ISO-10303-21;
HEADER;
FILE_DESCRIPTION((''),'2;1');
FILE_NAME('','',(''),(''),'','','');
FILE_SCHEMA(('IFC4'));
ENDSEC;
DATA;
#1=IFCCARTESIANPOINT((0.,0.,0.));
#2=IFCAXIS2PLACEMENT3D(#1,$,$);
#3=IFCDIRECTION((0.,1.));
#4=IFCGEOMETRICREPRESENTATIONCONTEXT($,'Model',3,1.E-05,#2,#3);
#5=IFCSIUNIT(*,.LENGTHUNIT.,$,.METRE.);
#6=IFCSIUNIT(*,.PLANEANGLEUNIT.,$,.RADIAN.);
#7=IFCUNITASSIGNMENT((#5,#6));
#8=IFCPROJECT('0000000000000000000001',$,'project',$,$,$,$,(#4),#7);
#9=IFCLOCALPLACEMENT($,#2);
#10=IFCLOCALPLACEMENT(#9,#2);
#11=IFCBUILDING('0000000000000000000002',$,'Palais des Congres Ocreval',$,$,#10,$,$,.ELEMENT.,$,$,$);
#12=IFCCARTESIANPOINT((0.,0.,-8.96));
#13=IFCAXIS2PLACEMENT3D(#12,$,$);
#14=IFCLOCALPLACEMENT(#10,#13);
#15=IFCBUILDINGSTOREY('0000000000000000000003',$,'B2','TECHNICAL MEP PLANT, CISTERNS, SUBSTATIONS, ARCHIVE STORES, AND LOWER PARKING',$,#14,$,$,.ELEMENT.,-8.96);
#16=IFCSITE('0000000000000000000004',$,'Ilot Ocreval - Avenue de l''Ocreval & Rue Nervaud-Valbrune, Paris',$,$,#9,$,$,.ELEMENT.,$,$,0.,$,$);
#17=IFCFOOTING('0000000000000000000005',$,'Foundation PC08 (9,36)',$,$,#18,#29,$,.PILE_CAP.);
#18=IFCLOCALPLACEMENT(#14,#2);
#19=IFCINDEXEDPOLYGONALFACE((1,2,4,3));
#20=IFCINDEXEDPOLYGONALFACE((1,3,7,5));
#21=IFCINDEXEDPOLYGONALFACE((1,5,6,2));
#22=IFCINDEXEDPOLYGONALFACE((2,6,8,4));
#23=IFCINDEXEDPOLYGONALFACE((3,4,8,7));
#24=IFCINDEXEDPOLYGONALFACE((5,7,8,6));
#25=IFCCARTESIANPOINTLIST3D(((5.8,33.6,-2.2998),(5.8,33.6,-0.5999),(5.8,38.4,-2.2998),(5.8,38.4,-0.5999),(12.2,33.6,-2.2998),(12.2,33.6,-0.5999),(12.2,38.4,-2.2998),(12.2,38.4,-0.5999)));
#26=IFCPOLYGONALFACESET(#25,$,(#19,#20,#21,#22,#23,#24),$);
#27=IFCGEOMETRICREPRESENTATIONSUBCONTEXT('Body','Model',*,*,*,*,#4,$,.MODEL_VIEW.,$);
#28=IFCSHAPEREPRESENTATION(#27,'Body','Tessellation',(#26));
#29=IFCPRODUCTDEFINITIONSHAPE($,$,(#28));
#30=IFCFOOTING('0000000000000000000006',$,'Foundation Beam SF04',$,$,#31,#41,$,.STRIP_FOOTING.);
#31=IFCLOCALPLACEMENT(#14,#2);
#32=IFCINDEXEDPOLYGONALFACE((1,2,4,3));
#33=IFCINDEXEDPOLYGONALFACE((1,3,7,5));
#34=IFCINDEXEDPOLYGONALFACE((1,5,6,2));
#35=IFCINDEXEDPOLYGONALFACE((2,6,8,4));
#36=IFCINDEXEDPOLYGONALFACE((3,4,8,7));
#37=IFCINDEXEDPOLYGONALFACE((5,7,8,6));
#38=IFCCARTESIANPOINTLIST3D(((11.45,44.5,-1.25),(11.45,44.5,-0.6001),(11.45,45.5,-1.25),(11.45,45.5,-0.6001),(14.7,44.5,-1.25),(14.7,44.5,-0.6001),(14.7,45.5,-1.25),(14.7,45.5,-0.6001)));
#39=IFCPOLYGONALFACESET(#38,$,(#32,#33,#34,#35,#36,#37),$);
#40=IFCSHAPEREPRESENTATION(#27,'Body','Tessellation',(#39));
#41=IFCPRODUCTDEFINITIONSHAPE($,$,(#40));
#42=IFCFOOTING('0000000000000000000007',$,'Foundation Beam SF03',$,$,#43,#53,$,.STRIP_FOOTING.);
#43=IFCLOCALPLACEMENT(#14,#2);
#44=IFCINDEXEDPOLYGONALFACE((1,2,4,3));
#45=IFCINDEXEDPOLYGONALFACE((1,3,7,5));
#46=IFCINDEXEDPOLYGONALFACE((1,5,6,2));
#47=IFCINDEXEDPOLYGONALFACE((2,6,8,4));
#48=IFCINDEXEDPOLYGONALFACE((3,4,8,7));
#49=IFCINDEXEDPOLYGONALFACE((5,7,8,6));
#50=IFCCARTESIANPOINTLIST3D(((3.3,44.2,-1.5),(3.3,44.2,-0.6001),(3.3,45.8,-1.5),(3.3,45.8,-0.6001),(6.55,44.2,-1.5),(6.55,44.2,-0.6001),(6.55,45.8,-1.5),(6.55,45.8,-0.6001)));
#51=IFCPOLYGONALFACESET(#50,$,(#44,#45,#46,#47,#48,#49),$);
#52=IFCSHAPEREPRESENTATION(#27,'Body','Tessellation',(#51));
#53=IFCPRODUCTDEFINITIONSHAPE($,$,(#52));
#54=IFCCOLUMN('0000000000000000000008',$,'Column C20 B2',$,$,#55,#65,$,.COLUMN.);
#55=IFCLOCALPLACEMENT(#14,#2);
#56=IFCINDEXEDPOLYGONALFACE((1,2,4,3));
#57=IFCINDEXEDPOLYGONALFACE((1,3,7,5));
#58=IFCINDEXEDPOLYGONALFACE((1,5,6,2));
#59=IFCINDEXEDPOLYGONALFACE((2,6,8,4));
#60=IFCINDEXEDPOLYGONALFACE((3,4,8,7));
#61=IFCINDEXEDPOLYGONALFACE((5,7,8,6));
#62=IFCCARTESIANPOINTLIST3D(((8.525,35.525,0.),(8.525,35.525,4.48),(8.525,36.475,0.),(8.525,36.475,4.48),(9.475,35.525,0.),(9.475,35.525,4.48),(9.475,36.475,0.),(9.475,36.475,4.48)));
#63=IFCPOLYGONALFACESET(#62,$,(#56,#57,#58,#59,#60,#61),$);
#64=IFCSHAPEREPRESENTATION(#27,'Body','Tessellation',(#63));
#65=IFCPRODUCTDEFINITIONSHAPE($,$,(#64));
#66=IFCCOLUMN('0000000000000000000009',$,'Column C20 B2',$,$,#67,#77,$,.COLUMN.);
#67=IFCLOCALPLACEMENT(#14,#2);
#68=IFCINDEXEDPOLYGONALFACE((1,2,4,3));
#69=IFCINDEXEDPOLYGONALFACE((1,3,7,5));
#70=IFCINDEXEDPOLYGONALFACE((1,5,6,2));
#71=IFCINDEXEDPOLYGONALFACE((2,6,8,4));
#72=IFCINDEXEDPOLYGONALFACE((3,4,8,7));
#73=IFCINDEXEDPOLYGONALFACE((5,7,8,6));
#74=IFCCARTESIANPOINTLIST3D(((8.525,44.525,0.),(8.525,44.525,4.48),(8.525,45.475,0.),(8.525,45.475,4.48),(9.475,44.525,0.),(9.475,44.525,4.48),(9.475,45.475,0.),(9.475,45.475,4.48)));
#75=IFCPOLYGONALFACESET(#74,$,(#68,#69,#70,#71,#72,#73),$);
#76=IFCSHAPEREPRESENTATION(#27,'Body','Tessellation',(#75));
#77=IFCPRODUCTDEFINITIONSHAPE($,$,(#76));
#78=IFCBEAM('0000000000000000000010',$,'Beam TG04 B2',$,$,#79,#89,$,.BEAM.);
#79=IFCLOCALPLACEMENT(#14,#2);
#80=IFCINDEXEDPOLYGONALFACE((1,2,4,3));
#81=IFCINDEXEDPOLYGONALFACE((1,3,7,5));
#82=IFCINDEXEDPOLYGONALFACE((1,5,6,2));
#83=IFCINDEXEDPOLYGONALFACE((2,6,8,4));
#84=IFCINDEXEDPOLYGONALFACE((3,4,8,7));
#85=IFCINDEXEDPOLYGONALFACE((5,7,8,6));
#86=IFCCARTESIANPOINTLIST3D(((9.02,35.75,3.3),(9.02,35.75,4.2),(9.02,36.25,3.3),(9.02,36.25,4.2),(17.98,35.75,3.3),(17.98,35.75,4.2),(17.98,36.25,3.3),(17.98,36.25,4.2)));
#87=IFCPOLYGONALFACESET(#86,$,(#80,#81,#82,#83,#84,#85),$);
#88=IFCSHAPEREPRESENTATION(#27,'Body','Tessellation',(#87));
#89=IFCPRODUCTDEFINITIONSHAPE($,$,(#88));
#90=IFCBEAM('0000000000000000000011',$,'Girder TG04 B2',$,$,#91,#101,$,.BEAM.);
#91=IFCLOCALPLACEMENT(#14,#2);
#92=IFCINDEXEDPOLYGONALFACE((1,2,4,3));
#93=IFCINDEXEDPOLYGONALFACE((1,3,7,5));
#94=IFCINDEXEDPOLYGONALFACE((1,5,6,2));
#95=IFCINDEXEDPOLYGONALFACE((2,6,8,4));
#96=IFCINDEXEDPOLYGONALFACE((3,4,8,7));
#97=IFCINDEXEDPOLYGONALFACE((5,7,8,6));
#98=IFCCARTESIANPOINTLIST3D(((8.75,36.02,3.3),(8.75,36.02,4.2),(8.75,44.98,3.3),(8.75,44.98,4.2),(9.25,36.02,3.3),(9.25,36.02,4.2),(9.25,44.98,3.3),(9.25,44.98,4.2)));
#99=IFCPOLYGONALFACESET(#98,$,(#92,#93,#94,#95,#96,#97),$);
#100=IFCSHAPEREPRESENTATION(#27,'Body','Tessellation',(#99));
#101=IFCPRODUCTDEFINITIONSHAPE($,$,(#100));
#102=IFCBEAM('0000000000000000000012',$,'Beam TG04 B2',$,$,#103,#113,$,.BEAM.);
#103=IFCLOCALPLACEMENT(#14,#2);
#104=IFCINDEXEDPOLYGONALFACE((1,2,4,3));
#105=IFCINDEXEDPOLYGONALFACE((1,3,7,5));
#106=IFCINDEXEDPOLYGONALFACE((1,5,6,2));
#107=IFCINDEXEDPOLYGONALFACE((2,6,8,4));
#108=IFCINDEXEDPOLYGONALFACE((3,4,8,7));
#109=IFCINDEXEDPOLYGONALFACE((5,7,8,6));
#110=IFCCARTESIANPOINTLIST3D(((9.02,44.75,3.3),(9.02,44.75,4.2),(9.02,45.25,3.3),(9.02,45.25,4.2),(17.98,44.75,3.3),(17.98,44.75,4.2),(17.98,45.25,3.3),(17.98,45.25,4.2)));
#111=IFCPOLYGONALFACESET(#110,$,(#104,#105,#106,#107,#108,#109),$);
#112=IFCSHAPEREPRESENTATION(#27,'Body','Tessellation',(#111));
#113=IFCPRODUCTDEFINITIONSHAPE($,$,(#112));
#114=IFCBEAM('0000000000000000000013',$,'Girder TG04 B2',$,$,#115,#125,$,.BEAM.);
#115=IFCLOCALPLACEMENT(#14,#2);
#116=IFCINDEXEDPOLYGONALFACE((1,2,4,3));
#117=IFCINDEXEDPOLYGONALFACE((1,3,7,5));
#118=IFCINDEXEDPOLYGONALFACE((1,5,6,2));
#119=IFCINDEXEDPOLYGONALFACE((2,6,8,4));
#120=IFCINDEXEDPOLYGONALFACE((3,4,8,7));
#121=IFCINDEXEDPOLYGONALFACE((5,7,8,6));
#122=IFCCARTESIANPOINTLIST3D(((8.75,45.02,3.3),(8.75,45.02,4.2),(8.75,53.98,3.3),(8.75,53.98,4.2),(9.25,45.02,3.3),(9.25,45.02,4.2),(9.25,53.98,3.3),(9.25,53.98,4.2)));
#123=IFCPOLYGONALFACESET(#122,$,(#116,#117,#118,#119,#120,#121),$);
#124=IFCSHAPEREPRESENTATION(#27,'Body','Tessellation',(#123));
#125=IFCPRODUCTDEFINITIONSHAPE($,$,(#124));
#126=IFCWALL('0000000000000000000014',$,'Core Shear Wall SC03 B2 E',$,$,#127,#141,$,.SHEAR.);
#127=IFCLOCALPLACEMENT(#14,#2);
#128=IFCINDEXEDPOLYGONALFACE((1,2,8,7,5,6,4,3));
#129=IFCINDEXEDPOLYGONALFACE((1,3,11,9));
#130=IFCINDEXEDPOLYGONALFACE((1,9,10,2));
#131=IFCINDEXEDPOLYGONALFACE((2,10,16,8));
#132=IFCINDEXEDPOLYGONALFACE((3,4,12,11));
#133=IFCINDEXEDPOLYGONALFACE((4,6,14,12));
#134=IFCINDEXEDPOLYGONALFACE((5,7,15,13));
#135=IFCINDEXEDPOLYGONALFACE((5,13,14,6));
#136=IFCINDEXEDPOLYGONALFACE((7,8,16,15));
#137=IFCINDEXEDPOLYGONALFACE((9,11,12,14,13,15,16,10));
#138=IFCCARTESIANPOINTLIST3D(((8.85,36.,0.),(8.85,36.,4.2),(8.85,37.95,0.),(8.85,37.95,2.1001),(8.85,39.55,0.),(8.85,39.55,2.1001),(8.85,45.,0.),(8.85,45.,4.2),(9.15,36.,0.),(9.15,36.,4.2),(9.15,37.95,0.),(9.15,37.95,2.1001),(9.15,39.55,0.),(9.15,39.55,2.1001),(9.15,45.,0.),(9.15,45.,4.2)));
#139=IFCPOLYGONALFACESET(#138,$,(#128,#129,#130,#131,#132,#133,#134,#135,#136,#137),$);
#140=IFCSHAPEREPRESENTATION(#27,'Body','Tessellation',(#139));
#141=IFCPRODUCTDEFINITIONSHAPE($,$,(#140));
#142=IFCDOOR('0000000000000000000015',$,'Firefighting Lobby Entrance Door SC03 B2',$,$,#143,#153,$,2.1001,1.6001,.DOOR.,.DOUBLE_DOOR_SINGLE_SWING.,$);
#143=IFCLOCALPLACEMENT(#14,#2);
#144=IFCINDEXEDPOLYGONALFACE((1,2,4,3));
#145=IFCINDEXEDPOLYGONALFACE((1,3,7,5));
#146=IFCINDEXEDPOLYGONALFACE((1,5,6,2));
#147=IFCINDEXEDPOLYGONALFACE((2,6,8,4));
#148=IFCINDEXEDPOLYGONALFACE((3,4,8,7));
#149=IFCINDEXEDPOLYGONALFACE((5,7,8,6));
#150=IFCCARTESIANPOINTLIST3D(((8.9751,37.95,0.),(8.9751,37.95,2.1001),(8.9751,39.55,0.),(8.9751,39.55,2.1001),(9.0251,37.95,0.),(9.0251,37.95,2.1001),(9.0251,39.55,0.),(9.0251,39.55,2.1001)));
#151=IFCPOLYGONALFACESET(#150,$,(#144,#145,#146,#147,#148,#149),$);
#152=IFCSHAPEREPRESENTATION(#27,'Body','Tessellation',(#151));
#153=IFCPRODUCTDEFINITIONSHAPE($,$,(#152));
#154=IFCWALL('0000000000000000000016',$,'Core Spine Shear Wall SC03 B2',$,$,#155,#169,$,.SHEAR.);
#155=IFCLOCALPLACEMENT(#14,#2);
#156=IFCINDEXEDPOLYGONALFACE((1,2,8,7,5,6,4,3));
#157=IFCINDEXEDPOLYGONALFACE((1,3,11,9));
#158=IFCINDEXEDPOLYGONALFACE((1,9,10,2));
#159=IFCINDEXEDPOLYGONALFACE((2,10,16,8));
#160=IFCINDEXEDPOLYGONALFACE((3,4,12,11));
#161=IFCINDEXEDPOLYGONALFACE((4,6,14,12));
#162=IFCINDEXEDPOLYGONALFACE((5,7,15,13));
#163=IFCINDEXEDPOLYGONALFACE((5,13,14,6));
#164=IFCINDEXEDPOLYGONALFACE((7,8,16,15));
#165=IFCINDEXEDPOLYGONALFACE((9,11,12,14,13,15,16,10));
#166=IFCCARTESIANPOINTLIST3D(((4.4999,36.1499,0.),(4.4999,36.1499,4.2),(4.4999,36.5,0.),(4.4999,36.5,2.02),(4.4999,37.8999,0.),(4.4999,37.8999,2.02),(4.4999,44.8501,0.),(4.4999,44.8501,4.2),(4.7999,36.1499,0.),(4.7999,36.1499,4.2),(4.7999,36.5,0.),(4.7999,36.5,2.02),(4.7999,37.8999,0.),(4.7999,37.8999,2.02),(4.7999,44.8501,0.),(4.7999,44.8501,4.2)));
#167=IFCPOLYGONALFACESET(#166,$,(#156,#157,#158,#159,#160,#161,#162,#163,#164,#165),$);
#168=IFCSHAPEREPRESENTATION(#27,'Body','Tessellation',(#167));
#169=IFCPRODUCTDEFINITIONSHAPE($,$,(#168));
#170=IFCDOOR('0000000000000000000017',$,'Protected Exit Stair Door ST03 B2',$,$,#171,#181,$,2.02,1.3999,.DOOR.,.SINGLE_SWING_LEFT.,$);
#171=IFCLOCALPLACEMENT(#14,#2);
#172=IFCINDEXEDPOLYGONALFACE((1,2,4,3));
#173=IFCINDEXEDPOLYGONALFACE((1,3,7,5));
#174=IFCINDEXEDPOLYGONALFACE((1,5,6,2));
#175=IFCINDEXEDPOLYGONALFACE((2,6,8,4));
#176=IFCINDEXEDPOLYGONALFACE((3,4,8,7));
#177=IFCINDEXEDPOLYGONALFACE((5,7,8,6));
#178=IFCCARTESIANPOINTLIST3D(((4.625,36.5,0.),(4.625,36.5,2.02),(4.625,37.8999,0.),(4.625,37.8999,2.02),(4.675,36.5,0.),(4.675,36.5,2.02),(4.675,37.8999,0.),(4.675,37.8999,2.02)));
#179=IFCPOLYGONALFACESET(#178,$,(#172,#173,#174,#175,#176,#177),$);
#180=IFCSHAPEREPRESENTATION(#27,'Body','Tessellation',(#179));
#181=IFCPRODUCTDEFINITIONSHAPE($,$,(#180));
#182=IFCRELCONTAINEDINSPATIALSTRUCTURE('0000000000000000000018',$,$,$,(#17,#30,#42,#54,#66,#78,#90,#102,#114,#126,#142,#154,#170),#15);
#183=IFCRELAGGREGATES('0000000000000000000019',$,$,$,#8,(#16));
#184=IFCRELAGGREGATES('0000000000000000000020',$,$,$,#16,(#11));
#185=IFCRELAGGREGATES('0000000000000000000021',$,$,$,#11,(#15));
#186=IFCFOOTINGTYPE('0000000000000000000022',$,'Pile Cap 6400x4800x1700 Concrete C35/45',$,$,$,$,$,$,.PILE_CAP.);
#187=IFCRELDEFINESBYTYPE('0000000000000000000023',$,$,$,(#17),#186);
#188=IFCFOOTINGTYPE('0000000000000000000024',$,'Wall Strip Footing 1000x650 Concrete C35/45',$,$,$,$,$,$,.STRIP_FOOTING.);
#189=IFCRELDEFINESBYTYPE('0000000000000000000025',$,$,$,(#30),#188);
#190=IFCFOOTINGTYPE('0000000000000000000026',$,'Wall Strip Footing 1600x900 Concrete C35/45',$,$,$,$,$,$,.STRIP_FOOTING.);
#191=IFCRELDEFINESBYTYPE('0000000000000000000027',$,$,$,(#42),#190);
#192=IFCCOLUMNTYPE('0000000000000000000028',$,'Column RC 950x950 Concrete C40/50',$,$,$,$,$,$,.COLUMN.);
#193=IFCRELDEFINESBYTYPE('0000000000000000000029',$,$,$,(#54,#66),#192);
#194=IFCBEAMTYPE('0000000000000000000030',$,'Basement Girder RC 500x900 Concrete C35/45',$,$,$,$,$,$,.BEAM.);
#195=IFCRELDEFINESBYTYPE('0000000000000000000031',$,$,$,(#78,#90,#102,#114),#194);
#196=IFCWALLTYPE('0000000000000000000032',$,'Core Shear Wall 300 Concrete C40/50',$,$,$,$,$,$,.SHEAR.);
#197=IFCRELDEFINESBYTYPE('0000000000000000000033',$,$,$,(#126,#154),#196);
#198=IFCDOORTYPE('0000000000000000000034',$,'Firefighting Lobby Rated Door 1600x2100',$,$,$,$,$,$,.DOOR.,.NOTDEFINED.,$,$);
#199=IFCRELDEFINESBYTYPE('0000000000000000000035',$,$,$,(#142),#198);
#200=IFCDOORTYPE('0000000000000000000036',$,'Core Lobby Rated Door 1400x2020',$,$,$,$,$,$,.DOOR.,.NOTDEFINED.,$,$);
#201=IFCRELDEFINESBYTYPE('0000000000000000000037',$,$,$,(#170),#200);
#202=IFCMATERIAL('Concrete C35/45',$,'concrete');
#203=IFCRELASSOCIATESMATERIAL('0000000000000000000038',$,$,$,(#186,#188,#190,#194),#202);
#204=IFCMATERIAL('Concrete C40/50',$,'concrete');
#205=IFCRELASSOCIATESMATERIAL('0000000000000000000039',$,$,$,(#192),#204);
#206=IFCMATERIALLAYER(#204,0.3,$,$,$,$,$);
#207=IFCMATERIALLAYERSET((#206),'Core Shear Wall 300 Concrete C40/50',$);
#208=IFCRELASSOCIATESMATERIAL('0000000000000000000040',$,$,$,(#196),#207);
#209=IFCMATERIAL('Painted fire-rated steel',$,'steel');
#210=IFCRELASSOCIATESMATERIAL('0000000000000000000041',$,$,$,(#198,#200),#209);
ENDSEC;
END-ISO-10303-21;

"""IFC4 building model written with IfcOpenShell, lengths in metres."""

from ifc_helpers import new_model, si_unit, direction, frame, frame_2d, origin, origin_2d, place, context, subcontext, project, spatial, rectangle, extrude, material, layer, layer_set, material_profile, profile_set, type_object, element, fill, save


model = new_model("IFC4")

# Units and contexts
model_context = context("Model", 3, precision=1e-05, world=origin(), true_north=direction((0.0, 1.0)))
body_context = subcontext(model_context, "Body", "Model", "MODEL_VIEW")
ifc_project = project(units=[si_unit("LENGTHUNIT", "METRE"), si_unit("PLANEANGLEUNIT", "RADIAN")], contexts=[model_context])

# Site, building, storey
site_placement = place(None, origin())
site = spatial("IfcSite", under=ifc_project, at=site_placement, Name="Ilot Ocreval - Avenue de l'Ocreval & Rue Nervaud-Valbrune, Paris", CompositionType="ELEMENT", RefElevation=0.0)
building_placement = place(site_placement, origin())
building = spatial("IfcBuilding", under=site, at=building_placement, Name="Palais des Congres Ocreval", CompositionType="ELEMENT")
storey_placement = place(building_placement, frame((0.0, 0.0, -8.96)))
storey = spatial("IfcBuildingStorey", under=building, at=storey_placement, Name="B2", Description="TECHNICAL MEP PLANT, CISTERNS, SUBSTATIONS, ARCHIVE STORES, AND LOWER PARKING", CompositionType="ELEMENT", Elevation=-8.96)

# Shared definitions
ifc_material_1 = material(Name="Concrete C35/45", Category="concrete")

# Footings
footing_type_1 = type_object("IfcFootingType", Name="Pile Cap 6400x4800x1700 Concrete C35/45", PredefinedType="PILE_CAP", material=ifc_material_1)
footing_1_placement = place(storey_placement, frame((9.0, 36.0, -2.2998), z_axis=(0.0, 0.0, 1.0), x_axis=(1.0, 0.0, 0.0)))
element("IfcFooting", 1, at=footing_1_placement, inside=storey, type_object=footing_type_1, Name="Foundation PC08 (9,36)", PredefinedType="PILE_CAP", context=body_context, shape_type="SweptSolid", body=[
    extrude(rectangle(XDim=6.3999, YDim=4.8, at=origin_2d()), origin(), (0.0, 0.0, 1.0), 1.7),
])
footing_type_2 = type_object("IfcFootingType", Name="Wall Strip Footing 1000x650 Concrete C35/45", PredefinedType="STRIP_FOOTING", material=ifc_material_1)
footing_2_placement = place(storey_placement, frame((13.075, 45.0, -1.25), z_axis=(0.0, 0.0, 1.0), x_axis=(1.0, 0.0, 0.0)))
element("IfcFooting", 2, at=footing_2_placement, inside=storey, type_object=footing_type_2, Name="Foundation Beam SF04", PredefinedType="STRIP_FOOTING", context=body_context, shape_type="SweptSolid", body=[
    extrude(rectangle(XDim=3.25, YDim=1.0, at=origin_2d()), origin(), (0.0, 0.0, 1.0), 0.6499),
])
footing_type_3 = type_object("IfcFootingType", Name="Wall Strip Footing 1600x900 Concrete C35/45", PredefinedType="STRIP_FOOTING", material=ifc_material_1)
footing_3_placement = place(storey_placement, frame((4.925, 45.0, -1.5), z_axis=(0.0, 0.0, 1.0), x_axis=(1.0, 0.0, 0.0)))
element("IfcFooting", 3, at=footing_3_placement, inside=storey, type_object=footing_type_3, Name="Foundation Beam SF03", PredefinedType="STRIP_FOOTING", context=body_context, shape_type="SweptSolid", body=[
    extrude(rectangle(XDim=3.25, YDim=1.6001, at=origin_2d()), origin(), (0.0, 0.0, 1.0), 0.8999),
])

# Columns
ifc_material_2 = material(Name="Concrete C40/50", Category="concrete")
ifc_material_profile_1 = material_profile(ifc_material_2, rectangle(XDim=0.95, YDim=0.95, at=origin_2d()), Name="RC 950x950")
ifc_profile_set_1 = profile_set([ifc_material_profile_1], Name="Concrete C40/50")
column_type = type_object("IfcColumnType", Name="Column RC 950x950 Concrete C40/50", PredefinedType="COLUMN", material=ifc_profile_set_1)
for number, where, z_axis, x_axis, name in (
    (4, (9.0, 36.0, 0.0), (0.0, 0.0, 1.0), (1.0, 0.0, 0.0), "Column C20 B2"),
    (5, (9.0, 45.0, 0.0), (0.0, 0.0, 1.0), (1.0, 0.0, 0.0), "Column C20 B2"),
):
    element("IfcColumn", number, at=place(storey_placement, frame(where, z_axis=z_axis, x_axis=x_axis)), inside=storey, type_object=column_type, Name=name, PredefinedType="COLUMN", context=body_context, shape_type="SweptSolid", body=[
        extrude(rectangle(XDim=0.95, YDim=0.95, at=origin_2d()), origin(), (0.0, 0.0, 1.0), 4.48),
    ])

# Beams
ifc_material_profile_2 = material_profile(ifc_material_1, rectangle(XDim=0.5, YDim=0.8999, at=origin_2d()), Name="RC 500x900")
ifc_profile_set_2 = profile_set([ifc_material_profile_2], Name="Concrete C35/45")
beam_type = type_object("IfcBeamType", Name="Basement Girder RC 500x900 Concrete C35/45", PredefinedType="BEAM", material=ifc_profile_set_2)
for number, where, z_axis, x_axis, name in (
    (6, (9.02, 36.0, 3.75), (1.0, 0.0, 0.0), (0.0, 1.0, 0.0), "Beam TG04 B2"),
    (7, (9.0, 36.02, 3.75), (0.0, 1.0, 0.0), (-1.0, 0.0, 0.0), "Girder TG04 B2"),
    (8, (9.02, 45.0, 3.75), (1.0, 0.0, 0.0), (0.0, 1.0, 0.0), "Beam TG04 B2"),
    (9, (9.0, 45.02, 3.75), (0.0, 1.0, 0.0), (-1.0, 0.0, 0.0), "Girder TG04 B2"),
):
    element("IfcBeam", number, at=place(storey_placement, frame(where, z_axis=z_axis, x_axis=x_axis)), inside=storey, type_object=beam_type, Name=name, PredefinedType="BEAM", context=body_context, shape_type="SweptSolid", body=[
        extrude(rectangle(XDim=0.5, YDim=0.8999, at=origin_2d()), origin(), (0.0, 0.0, 1.0), 8.96),
    ])

# Walls, openings, doors
ifc_layer_1 = layer(ifc_material_2, 0.3)
ifc_layer_set_1 = layer_set([ifc_layer_1], Name="Core Shear Wall 300 Concrete C40/50")
wall_type_1 = type_object("IfcWallType", Name="Core Shear Wall 300 Concrete C40/50", PredefinedType="SHEAR", material=ifc_layer_set_1)
wall_1_placement = place(storey_placement, frame((9.0, 36.0, 0.0), z_axis=(0.0, 0.0, 1.0), x_axis=(0.0, 1.0, 0.0)))
wall_1 = element("IfcWall", 10, at=wall_1_placement, inside=storey, type_object=wall_type_1, Name="Core Shear Wall SC03 B2 E", PredefinedType="SHEAR", context=body_context, shape_type="SweptSolid", body=[
    extrude(rectangle(XDim=9.0, YDim=0.3, at=frame_2d((4.5, 0.0))), origin(), (0.0, 0.0, 1.0), 4.2),
])
opening_1_placement = place(wall_1_placement, frame((1.95, 0.0, 0.0)))
opening_1 = element("IfcOpeningElement", 11, at=opening_1_placement, cuts=wall_1, PredefinedType="OPENING", context=body_context, shape_type="SweptSolid", body=[
    extrude(rectangle(XDim=1.6001, YDim=2.1001, at=frame_2d((0.8, 1.05))), frame((0.0, 0.1599, 0.0), z_axis=(0.0, -1.0, 0.0), x_axis=(1.0, 0.0, 0.0)), (0.0, 0.0, 1.0), 0.3201),
])
ifc_material_3 = material(Name="Painted fire-rated steel", Category="steel")
door_type_1 = type_object("IfcDoorType", Name="Firefighting Lobby Rated Door 1600x2100", OperationType="NOTDEFINED", PredefinedType="DOOR", material=ifc_material_3)
door_1_placement = place(opening_1_placement, origin())
door_1 = element("IfcDoor", 12, at=door_1_placement, inside=storey, type_object=door_type_1, Name="Firefighting Lobby Entrance Door SC03 B2", OperationType="DOUBLE_DOOR_SINGLE_SWING", OverallHeight=2.1001, OverallWidth=1.6001, PredefinedType="DOOR", context=body_context, shape_type="SweptSolid", body=[
    extrude(rectangle(XDim=1.6001, YDim=2.1001, at=frame_2d((0.8, 1.05))), frame((0.0, 0.0249, 0.0), z_axis=(0.0, -1.0, 0.0), x_axis=(1.0, 0.0, 0.0)), (0.0, 0.0, 1.0), 0.05),
])
fill(opening_1, door_1)
wall_2_placement = place(storey_placement, frame((4.6499, 36.1499, 0.0), z_axis=(0.0, 0.0, 1.0), x_axis=(0.0, 1.0, 0.0)))
wall_2 = element("IfcWall", 13, at=wall_2_placement, inside=storey, type_object=wall_type_1, Name="Core Spine Shear Wall SC03 B2", PredefinedType="SHEAR", context=body_context, shape_type="SweptSolid", body=[
    extrude(rectangle(XDim=8.7002, YDim=0.3, at=frame_2d((4.3501, 0.0))), origin(), (0.0, 0.0, 1.0), 4.2),
])
opening_2_placement = place(wall_2_placement, frame((0.3501, 0.0, 0.0)))
opening_2 = element("IfcOpeningElement", 14, at=opening_2_placement, cuts=wall_2, PredefinedType="OPENING", context=body_context, shape_type="SweptSolid", body=[
    extrude(rectangle(XDim=1.3999, YDim=2.02, at=frame_2d((0.7, 1.01))), frame((0.0, 0.1599, 0.0), z_axis=(0.0, -1.0, 0.0), x_axis=(1.0, 0.0, 0.0)), (0.0, 0.0, 1.0), 0.3201),
])
door_type_2 = type_object("IfcDoorType", Name="Core Lobby Rated Door 1400x2020", OperationType="NOTDEFINED", PredefinedType="DOOR", material=ifc_material_3)
door_2_placement = place(opening_2_placement, origin())
door_2 = element("IfcDoor", 15, at=door_2_placement, inside=storey, type_object=door_type_2, Name="Protected Exit Stair Door ST03 B2", OperationType="SINGLE_SWING_LEFT", OverallHeight=2.02, OverallWidth=1.3999, PredefinedType="DOOR", context=body_context, shape_type="SweptSolid", body=[
    extrude(rectangle(XDim=1.3999, YDim=2.02, at=frame_2d((0.7, 1.01))), frame((0.0, 0.0249, 0.0), z_axis=(0.0, -1.0, 0.0), x_axis=(1.0, 0.0, 0.0)), (0.0, 0.0, 1.0), 0.05),
])
fill(opening_2, door_2)

save(model, "model.ifc")
